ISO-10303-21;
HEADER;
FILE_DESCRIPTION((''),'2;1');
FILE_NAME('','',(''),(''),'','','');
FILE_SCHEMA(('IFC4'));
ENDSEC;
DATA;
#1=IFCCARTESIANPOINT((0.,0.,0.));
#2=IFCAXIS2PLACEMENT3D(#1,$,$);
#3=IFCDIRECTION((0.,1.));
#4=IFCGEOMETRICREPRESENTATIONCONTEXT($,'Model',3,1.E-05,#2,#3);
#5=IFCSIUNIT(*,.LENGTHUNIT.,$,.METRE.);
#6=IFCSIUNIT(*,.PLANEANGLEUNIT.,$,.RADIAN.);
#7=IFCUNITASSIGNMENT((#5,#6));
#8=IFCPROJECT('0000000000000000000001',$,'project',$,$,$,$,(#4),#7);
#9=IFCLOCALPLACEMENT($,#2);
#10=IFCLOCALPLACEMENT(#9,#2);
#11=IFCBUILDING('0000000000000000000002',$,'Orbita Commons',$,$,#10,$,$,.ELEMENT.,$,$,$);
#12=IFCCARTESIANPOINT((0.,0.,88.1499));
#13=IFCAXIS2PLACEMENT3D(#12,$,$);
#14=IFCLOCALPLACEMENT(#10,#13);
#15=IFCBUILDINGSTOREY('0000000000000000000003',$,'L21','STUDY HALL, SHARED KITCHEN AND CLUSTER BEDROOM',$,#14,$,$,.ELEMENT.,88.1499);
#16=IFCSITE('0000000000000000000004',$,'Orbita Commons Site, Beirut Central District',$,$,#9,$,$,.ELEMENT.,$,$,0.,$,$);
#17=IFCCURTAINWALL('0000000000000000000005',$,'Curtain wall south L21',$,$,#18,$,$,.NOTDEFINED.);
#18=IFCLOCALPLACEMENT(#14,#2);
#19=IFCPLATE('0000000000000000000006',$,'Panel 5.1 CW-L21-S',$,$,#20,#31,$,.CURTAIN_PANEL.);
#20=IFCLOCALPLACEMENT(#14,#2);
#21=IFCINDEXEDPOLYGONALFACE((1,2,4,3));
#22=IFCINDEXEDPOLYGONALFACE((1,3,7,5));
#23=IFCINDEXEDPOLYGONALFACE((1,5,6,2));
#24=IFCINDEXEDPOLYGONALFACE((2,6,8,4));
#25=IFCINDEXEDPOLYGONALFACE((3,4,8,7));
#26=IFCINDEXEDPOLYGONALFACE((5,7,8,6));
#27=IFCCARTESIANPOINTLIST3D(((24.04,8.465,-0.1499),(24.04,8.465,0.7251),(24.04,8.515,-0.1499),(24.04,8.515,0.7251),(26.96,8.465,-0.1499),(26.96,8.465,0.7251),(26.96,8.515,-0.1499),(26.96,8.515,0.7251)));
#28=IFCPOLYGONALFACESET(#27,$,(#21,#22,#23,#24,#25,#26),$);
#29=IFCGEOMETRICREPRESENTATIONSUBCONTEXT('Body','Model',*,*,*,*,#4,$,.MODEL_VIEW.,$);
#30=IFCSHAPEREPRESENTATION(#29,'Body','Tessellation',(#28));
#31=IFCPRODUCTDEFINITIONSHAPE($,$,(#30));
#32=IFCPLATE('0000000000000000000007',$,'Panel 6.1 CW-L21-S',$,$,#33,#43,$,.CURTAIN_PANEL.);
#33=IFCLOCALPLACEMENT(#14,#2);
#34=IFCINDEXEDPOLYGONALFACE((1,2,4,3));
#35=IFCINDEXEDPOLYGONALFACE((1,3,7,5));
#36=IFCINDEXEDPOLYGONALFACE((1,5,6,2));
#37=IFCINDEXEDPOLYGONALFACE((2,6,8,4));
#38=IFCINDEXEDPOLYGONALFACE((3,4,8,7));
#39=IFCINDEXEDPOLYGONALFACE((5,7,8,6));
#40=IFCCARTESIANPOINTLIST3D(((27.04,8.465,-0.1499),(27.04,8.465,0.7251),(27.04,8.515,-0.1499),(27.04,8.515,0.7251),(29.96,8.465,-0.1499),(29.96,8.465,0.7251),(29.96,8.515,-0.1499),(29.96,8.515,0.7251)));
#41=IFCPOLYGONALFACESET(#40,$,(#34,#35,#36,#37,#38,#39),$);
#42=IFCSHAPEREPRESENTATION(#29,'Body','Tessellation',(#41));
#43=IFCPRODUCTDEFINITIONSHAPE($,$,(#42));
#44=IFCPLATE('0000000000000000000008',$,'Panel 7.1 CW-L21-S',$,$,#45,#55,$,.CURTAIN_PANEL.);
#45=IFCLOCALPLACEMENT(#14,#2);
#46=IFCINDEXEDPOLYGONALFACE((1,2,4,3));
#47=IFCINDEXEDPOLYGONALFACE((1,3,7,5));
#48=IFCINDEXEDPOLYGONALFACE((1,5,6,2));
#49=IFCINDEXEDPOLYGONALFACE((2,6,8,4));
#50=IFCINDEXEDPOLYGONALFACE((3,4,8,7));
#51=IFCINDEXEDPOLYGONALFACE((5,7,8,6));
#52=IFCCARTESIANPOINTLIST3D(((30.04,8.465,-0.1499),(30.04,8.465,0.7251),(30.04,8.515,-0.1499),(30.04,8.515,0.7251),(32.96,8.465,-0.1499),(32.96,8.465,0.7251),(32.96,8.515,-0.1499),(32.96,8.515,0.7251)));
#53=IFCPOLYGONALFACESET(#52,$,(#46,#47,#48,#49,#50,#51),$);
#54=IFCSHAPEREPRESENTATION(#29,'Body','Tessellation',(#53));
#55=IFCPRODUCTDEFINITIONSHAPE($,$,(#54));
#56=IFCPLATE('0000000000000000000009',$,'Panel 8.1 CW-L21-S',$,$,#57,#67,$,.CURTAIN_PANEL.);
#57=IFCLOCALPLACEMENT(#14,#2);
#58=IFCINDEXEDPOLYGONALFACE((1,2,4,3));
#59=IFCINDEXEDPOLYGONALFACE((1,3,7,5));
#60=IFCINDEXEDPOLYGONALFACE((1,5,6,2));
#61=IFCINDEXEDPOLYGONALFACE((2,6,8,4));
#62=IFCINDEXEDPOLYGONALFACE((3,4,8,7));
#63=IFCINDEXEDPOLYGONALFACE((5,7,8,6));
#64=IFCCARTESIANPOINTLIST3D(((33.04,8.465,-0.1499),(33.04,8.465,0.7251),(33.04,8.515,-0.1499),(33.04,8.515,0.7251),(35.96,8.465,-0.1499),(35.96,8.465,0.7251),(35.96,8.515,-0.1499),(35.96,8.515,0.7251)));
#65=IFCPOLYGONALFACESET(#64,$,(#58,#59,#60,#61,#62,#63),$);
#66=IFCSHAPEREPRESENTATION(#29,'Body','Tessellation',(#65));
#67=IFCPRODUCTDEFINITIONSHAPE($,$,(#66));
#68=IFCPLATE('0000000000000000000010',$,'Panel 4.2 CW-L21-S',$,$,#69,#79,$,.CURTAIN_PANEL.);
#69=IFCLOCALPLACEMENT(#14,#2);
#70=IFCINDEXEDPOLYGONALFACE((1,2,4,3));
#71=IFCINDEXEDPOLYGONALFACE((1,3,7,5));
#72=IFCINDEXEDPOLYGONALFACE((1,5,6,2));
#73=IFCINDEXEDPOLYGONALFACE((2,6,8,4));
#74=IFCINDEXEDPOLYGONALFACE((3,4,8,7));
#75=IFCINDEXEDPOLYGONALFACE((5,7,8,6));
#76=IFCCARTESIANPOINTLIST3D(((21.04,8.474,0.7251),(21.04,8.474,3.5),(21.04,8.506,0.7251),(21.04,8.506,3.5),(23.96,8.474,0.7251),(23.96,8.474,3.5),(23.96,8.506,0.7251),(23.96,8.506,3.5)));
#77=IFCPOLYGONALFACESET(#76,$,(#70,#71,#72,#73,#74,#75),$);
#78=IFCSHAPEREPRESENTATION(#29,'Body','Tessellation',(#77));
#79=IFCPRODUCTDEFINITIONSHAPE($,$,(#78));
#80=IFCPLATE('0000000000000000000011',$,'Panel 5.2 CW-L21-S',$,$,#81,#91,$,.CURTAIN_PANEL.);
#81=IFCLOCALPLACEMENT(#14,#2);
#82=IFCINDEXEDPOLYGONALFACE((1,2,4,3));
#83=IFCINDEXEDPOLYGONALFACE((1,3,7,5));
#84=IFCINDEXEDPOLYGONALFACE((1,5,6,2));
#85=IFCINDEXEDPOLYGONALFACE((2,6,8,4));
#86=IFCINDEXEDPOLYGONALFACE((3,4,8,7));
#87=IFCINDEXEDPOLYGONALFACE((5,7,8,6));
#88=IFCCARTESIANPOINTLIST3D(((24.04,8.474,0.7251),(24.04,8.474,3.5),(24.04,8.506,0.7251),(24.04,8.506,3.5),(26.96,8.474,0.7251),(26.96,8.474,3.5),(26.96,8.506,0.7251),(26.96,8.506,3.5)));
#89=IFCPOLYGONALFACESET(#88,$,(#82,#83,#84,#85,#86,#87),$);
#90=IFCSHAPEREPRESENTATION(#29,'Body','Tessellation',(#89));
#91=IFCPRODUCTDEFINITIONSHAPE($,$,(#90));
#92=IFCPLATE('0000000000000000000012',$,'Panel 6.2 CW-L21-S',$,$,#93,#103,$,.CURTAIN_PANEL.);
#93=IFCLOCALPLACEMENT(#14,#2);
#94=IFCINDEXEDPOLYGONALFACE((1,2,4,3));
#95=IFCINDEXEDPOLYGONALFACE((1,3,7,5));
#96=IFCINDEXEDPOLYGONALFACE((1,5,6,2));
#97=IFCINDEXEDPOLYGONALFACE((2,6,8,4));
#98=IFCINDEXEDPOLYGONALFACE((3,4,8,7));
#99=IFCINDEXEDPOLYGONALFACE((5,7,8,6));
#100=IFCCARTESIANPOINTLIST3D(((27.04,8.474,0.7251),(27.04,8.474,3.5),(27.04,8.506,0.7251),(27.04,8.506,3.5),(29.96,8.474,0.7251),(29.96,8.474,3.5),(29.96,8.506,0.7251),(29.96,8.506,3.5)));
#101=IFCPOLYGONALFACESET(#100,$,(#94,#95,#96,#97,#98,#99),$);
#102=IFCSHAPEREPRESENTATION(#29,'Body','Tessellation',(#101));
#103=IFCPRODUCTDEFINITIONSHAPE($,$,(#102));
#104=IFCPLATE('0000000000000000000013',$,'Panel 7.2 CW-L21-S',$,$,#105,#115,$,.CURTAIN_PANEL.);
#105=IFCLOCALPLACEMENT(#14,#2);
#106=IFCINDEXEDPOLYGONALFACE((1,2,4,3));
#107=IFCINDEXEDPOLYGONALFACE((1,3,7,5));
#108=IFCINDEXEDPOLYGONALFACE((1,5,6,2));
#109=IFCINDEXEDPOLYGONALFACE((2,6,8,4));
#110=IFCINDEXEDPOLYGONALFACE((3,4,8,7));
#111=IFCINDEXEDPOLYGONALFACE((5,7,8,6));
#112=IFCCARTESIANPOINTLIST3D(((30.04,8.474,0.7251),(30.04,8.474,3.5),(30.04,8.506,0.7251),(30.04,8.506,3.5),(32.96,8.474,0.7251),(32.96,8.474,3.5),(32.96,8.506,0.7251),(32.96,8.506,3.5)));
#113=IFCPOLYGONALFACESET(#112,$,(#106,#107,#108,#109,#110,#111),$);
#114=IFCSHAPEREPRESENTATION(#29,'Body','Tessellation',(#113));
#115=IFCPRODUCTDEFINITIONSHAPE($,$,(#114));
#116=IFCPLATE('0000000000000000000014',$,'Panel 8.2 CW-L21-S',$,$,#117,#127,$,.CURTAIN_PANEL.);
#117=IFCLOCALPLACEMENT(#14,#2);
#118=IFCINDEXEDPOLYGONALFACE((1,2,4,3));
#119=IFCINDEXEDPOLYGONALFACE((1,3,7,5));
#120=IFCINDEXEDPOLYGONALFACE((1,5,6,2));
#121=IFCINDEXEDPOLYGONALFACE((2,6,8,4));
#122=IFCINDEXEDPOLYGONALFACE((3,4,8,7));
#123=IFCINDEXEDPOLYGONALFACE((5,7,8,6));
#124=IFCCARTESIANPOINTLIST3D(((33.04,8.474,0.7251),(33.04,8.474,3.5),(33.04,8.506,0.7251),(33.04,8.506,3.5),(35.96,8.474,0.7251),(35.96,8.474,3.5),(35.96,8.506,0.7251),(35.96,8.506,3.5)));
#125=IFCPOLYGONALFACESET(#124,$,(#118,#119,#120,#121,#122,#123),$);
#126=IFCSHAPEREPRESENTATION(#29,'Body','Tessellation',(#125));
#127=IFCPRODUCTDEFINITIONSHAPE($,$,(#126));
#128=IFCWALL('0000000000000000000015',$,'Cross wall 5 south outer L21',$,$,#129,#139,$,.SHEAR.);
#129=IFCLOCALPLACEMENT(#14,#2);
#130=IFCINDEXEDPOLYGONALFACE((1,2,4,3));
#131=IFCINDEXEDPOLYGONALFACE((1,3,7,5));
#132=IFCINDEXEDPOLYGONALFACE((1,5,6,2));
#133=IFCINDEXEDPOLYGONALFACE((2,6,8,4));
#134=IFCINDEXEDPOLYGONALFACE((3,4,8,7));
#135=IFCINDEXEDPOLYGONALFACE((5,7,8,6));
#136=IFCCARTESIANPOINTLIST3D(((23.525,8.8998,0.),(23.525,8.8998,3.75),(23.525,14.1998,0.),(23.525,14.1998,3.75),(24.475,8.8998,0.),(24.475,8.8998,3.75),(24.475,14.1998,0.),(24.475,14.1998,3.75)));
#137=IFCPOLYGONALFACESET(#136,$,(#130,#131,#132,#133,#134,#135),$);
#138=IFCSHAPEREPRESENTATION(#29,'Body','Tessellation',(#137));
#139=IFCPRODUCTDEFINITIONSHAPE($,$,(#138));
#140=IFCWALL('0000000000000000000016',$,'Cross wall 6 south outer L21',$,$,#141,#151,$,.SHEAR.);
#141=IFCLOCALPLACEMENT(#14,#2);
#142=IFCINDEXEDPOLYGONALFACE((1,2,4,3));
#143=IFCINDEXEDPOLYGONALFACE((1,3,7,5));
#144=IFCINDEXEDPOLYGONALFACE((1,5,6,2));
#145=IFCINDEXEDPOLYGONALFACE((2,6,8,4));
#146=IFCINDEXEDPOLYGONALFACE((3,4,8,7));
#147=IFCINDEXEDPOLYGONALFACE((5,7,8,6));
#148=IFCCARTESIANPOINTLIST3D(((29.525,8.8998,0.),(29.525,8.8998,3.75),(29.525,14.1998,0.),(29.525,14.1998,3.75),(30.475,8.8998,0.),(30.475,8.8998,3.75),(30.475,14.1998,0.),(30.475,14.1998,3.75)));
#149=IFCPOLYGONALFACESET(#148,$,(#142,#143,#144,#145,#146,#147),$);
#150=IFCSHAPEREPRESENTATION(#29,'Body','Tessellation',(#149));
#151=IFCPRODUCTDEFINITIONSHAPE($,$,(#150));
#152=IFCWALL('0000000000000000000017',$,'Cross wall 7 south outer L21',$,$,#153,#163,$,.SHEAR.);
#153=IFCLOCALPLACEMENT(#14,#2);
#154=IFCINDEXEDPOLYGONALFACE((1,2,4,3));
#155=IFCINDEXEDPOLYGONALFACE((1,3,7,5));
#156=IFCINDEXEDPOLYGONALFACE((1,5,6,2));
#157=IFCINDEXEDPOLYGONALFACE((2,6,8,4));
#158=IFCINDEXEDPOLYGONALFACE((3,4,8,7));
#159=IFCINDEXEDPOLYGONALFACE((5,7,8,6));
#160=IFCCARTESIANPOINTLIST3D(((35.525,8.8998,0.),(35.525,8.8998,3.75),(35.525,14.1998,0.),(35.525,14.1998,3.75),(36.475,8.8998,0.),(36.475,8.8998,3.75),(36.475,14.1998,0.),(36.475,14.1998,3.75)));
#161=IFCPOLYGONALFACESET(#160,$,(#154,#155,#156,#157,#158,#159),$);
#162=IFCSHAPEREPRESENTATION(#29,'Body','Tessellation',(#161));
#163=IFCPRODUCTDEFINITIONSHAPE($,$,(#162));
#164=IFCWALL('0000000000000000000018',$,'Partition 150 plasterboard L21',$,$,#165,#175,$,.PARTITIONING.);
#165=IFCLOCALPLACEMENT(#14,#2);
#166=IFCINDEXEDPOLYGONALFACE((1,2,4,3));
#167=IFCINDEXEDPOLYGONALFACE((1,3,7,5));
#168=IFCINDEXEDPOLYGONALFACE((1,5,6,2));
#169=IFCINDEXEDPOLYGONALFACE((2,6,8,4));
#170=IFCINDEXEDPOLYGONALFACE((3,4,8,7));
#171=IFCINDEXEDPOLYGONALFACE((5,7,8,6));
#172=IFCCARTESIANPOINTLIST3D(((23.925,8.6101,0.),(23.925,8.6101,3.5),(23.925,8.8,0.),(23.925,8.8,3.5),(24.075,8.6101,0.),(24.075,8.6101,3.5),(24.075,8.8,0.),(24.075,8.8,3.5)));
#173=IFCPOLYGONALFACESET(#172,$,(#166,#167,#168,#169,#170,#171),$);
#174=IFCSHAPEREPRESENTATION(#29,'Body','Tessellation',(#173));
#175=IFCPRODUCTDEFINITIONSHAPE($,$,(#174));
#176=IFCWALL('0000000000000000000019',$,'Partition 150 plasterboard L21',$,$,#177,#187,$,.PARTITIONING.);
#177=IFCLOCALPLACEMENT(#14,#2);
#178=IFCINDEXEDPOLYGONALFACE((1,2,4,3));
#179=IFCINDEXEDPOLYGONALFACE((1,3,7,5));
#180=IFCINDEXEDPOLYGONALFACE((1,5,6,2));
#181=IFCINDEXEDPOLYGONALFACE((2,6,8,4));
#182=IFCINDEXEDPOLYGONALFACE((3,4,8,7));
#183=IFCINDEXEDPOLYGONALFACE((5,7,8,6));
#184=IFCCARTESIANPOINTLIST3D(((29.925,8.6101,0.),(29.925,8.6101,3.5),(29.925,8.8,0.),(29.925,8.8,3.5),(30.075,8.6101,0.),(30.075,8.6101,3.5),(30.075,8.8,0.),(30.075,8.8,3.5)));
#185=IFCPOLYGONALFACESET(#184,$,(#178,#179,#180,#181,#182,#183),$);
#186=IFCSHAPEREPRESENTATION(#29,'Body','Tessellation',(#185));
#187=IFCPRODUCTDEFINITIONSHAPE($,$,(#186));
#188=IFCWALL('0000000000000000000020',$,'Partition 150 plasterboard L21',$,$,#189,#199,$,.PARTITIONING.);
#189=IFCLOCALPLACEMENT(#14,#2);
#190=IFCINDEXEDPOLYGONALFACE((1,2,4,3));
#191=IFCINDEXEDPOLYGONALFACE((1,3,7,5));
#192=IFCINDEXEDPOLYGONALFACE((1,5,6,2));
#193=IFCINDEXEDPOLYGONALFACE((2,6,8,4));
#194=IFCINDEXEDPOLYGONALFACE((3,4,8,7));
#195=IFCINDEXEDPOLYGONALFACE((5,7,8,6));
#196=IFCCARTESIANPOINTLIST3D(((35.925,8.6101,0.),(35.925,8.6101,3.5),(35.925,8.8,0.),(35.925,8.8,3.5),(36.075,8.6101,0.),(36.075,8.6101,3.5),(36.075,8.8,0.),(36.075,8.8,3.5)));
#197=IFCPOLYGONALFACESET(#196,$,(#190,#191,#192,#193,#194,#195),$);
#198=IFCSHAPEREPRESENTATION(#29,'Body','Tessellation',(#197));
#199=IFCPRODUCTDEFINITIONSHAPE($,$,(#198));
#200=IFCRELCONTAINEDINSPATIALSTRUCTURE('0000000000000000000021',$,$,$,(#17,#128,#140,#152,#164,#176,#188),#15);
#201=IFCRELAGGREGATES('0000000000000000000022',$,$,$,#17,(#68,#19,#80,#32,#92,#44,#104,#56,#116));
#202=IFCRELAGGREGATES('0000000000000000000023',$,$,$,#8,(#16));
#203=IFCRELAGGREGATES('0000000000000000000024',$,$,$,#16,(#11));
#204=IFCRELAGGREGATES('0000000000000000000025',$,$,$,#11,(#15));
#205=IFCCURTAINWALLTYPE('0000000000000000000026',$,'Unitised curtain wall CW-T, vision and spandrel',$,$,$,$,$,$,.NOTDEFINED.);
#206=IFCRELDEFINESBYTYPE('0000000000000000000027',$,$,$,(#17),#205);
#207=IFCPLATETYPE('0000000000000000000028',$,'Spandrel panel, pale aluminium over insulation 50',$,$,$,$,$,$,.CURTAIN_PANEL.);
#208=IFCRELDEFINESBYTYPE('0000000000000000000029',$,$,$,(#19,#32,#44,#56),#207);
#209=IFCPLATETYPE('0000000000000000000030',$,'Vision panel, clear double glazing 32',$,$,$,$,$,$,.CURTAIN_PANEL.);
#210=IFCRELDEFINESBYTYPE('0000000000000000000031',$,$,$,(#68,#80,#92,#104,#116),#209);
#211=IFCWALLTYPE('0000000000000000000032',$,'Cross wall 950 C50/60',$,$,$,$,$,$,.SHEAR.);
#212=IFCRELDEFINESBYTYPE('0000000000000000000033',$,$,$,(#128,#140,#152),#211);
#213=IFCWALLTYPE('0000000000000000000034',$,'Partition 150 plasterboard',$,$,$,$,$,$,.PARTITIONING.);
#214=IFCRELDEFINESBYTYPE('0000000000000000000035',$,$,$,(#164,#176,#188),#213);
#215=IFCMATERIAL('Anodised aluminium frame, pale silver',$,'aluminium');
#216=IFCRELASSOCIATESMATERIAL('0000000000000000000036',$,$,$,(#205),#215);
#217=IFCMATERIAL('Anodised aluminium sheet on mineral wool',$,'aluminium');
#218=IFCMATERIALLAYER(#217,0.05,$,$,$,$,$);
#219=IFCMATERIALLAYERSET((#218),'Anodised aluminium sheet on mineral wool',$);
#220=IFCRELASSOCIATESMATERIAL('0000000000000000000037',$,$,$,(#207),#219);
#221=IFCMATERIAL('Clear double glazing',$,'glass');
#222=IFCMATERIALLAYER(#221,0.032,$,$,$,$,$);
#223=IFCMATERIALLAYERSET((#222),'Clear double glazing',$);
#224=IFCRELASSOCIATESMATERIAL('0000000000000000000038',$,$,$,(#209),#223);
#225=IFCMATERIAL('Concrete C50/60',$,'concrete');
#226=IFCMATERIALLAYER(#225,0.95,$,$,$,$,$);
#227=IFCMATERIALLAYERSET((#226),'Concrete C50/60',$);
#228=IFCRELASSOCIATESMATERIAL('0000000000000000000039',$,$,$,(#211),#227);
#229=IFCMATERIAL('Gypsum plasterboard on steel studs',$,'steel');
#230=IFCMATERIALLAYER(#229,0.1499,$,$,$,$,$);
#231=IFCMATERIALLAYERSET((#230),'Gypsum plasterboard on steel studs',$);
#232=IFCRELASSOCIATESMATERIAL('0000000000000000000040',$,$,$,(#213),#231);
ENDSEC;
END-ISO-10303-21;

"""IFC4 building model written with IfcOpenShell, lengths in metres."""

from ifc_helpers import new_model, si_unit, direction, frame, frame_2d, origin, origin_2d, place, context, subcontext, project, spatial, rectangle, extrude, material, layer, layer_set, type_object, element, aggregate, save


model = new_model("IFC4")

# Units and contexts
model_context = context("Model", 3, precision=1e-05, world=origin(), true_north=direction((0.0, 1.0)))
body_context = subcontext(model_context, "Body", "Model", "MODEL_VIEW")
ifc_project = project(units=[si_unit("LENGTHUNIT", "METRE"), si_unit("PLANEANGLEUNIT", "RADIAN")], contexts=[model_context])

# Site, building, storey
site_placement = place(None, origin())
site = spatial("IfcSite", under=ifc_project, at=site_placement, Name="Orbita Commons Site, Beirut Central District", CompositionType="ELEMENT", RefElevation=0.0)
building_placement = place(site_placement, origin())
building = spatial("IfcBuilding", under=site, at=building_placement, Name="Orbita Commons", CompositionType="ELEMENT")
storey_placement = place(building_placement, frame((0.0, 0.0, 88.1499)))
storey = spatial("IfcBuildingStorey", under=building, at=storey_placement, Name="L21", Description="STUDY HALL, SHARED KITCHEN AND CLUSTER BEDROOM", CompositionType="ELEMENT", Elevation=88.1499)

# Curtain wall, plates
ifc_material_1 = material(Name="Anodised aluminium frame, pale silver", Category="aluminium")
curtain_wall_type = type_object("IfcCurtainWallType", Name="Unitised curtain wall CW-T, vision and spandrel", PredefinedType="NOTDEFINED", material=ifc_material_1)
curtain_wall_placement = place(storey_placement, origin())
curtain_wall = element("IfcCurtainWall", 1, at=curtain_wall_placement, inside=storey, type_object=curtain_wall_type, Name="Curtain wall south L21", PredefinedType="NOTDEFINED")
ifc_material_2 = material(Name="Anodised aluminium sheet on mineral wool", Category="aluminium")
ifc_layer_1 = layer(ifc_material_2, 0.05)
ifc_layer_set_1 = layer_set([ifc_layer_1], Name="Anodised aluminium sheet on mineral wool")
plate_type_1 = type_object("IfcPlateType", Name="Spandrel panel, pale aluminium over insulation 50", PredefinedType="CURTAIN_PANEL", material=ifc_layer_set_1)
plate_1_placement = place(storey_placement, frame((25.5, 8.49, -0.1499), z_axis=(0.0, 0.0, 1.0), x_axis=(1.0, 0.0, 0.0)))
plate_1 = element("IfcPlate", 2, at=plate_1_placement, type_object=plate_type_1, Name="Panel 5.1 CW-L21-S", PredefinedType="CURTAIN_PANEL", context=body_context, shape_type="SweptSolid", body=[
    extrude(rectangle(XDim=2.9199, YDim=0.05, at=origin_2d()), origin(), (0.0, 0.0, 1.0), 0.875),
])
plate_2_placement = place(storey_placement, frame((28.5, 8.49, -0.1499), z_axis=(0.0, 0.0, 1.0), x_axis=(1.0, 0.0, 0.0)))
plate_2 = element("IfcPlate", 3, at=plate_2_placement, type_object=plate_type_1, Name="Panel 6.1 CW-L21-S", PredefinedType="CURTAIN_PANEL", context=body_context, shape_type="SweptSolid", body=[
    extrude(rectangle(XDim=2.9199, YDim=0.05, at=origin_2d()), origin(), (0.0, 0.0, 1.0), 0.875),
])
plate_3_placement = place(storey_placement, frame((31.5, 8.49, -0.1499), z_axis=(0.0, 0.0, 1.0), x_axis=(1.0, 0.0, 0.0)))
plate_3 = element("IfcPlate", 4, at=plate_3_placement, type_object=plate_type_1, Name="Panel 7.1 CW-L21-S", PredefinedType="CURTAIN_PANEL", context=body_context, shape_type="SweptSolid", body=[
    extrude(rectangle(XDim=2.9199, YDim=0.05, at=origin_2d()), origin(), (0.0, 0.0, 1.0), 0.875),
])
plate_4_placement = place(storey_placement, frame((34.5, 8.49, -0.1499), z_axis=(0.0, 0.0, 1.0), x_axis=(1.0, 0.0, 0.0)))
plate_4 = element("IfcPlate", 5, at=plate_4_placement, type_object=plate_type_1, Name="Panel 8.1 CW-L21-S", PredefinedType="CURTAIN_PANEL", context=body_context, shape_type="SweptSolid", body=[
    extrude(rectangle(XDim=2.9199, YDim=0.05, at=origin_2d()), origin(), (0.0, 0.0, 1.0), 0.875),
])
ifc_material_3 = material(Name="Clear double glazing", Category="glass")
ifc_layer_2 = layer(ifc_material_3, 0.032)
ifc_layer_set_2 = layer_set([ifc_layer_2], Name="Clear double glazing")
plate_type_2 = type_object("IfcPlateType", Name="Vision panel, clear double glazing 32", PredefinedType="CURTAIN_PANEL", material=ifc_layer_set_2)
plate_5_placement = place(storey_placement, frame((22.5, 8.49, 0.7251), z_axis=(0.0, 0.0, 1.0), x_axis=(1.0, 0.0, 0.0)))
plate_5 = element("IfcPlate", 6, at=plate_5_placement, type_object=plate_type_2, Name="Panel 4.2 CW-L21-S", PredefinedType="CURTAIN_PANEL", context=body_context, shape_type="SweptSolid", body=[
    extrude(rectangle(XDim=2.9199, YDim=0.032, at=origin_2d()), origin(), (0.0, 0.0, 1.0), 2.7749),
])
plate_6_placement = place(storey_placement, frame((25.5, 8.49, 0.7251), z_axis=(0.0, 0.0, 1.0), x_axis=(1.0, 0.0, 0.0)))
plate_6 = element("IfcPlate", 7, at=plate_6_placement, type_object=plate_type_2, Name="Panel 5.2 CW-L21-S", PredefinedType="CURTAIN_PANEL", context=body_context, shape_type="SweptSolid", body=[
    extrude(rectangle(XDim=2.9199, YDim=0.032, at=origin_2d()), origin(), (0.0, 0.0, 1.0), 2.7749),
])
plate_7_placement = place(storey_placement, frame((28.5, 8.49, 0.7251), z_axis=(0.0, 0.0, 1.0), x_axis=(1.0, 0.0, 0.0)))
plate_7 = element("IfcPlate", 8, at=plate_7_placement, type_object=plate_type_2, Name="Panel 6.2 CW-L21-S", PredefinedType="CURTAIN_PANEL", context=body_context, shape_type="SweptSolid", body=[
    extrude(rectangle(XDim=2.9199, YDim=0.032, at=origin_2d()), origin(), (0.0, 0.0, 1.0), 2.7749),
])
plate_8_placement = place(storey_placement, frame((31.5, 8.49, 0.7251), z_axis=(0.0, 0.0, 1.0), x_axis=(1.0, 0.0, 0.0)))
plate_8 = element("IfcPlate", 9, at=plate_8_placement, type_object=plate_type_2, Name="Panel 7.2 CW-L21-S", PredefinedType="CURTAIN_PANEL", context=body_context, shape_type="SweptSolid", body=[
    extrude(rectangle(XDim=2.9199, YDim=0.032, at=origin_2d()), origin(), (0.0, 0.0, 1.0), 2.7749),
])
plate_9_placement = place(storey_placement, frame((34.5, 8.49, 0.7251), z_axis=(0.0, 0.0, 1.0), x_axis=(1.0, 0.0, 0.0)))
plate_9 = element("IfcPlate", 10, at=plate_9_placement, type_object=plate_type_2, Name="Panel 8.2 CW-L21-S", PredefinedType="CURTAIN_PANEL", context=body_context, shape_type="SweptSolid", body=[
    extrude(rectangle(XDim=2.9199, YDim=0.032, at=origin_2d()), origin(), (0.0, 0.0, 1.0), 2.7749),
])
aggregate(curtain_wall, [plate_5, plate_1, plate_6, plate_2, plate_7, plate_3, plate_8, plate_4, plate_9])

# Walls
ifc_material_4 = material(Name="Concrete C50/60", Category="concrete")
ifc_layer_3 = layer(ifc_material_4, 0.95)
ifc_layer_set_3 = layer_set([ifc_layer_3], Name="Concrete C50/60")
wall_type_1 = type_object("IfcWallType", Name="Cross wall 950 C50/60", PredefinedType="SHEAR", material=ifc_layer_set_3)
for number, where, z_axis, x_axis, name in (
    (11, (24.0, 8.8999, 0.0), (0.0, 0.0, 1.0), (0.0, 1.0, 0.0), "Cross wall 5 south outer L21"),
    (12, (30.0, 8.8999, 0.0), (0.0, 0.0, 1.0), (0.0, 1.0, 0.0), "Cross wall 6 south outer L21"),
    (13, (36.0, 8.8999, 0.0), (0.0, 0.0, 1.0), (0.0, 1.0, 0.0), "Cross wall 7 south outer L21"),
):
    element("IfcWall", number, at=place(storey_placement, frame(where, z_axis=z_axis, x_axis=x_axis)), inside=storey, type_object=wall_type_1, Name=name, PredefinedType="SHEAR", context=body_context, shape_type="SweptSolid", body=[
        extrude(rectangle(XDim=5.3, YDim=0.95, at=frame_2d((2.6499, 0.0))), origin(), (0.0, 0.0, 1.0), 3.75),
    ])
ifc_material_5 = material(Name="Gypsum plasterboard on steel studs", Category="steel")
ifc_layer_4 = layer(ifc_material_5, 0.1499)
ifc_layer_set_4 = layer_set([ifc_layer_4], Name="Gypsum plasterboard on steel studs")
wall_type_2 = type_object("IfcWallType", Name="Partition 150 plasterboard", PredefinedType="PARTITIONING", material=ifc_layer_set_4)
for number, where, z_axis, x_axis, name in (
    (14, (24.0, 8.8, 0.0), (0.0, 0.0, 1.0), (0.0, -1.0, 0.0), "Partition 150 plasterboard L21"),
    (15, (30.0, 8.8, 0.0), (0.0, 0.0, 1.0), (0.0, -1.0, 0.0), "Partition 150 plasterboard L21"),
    (16, (36.0, 8.8, 0.0), (0.0, 0.0, 1.0), (0.0, -1.0, 0.0), "Partition 150 plasterboard L21"),
):
    element("IfcWall", number, at=place(storey_placement, frame(where, z_axis=z_axis, x_axis=x_axis)), inside=storey, type_object=wall_type_2, Name=name, PredefinedType="PARTITIONING", context=body_context, shape_type="SweptSolid", body=[
        extrude(rectangle(XDim=0.1899, YDim=0.1499, at=frame_2d((0.095, 0.0))), origin(), (0.0, 0.0, 1.0), 3.5),
    ])

save(model, "model.ifc")
